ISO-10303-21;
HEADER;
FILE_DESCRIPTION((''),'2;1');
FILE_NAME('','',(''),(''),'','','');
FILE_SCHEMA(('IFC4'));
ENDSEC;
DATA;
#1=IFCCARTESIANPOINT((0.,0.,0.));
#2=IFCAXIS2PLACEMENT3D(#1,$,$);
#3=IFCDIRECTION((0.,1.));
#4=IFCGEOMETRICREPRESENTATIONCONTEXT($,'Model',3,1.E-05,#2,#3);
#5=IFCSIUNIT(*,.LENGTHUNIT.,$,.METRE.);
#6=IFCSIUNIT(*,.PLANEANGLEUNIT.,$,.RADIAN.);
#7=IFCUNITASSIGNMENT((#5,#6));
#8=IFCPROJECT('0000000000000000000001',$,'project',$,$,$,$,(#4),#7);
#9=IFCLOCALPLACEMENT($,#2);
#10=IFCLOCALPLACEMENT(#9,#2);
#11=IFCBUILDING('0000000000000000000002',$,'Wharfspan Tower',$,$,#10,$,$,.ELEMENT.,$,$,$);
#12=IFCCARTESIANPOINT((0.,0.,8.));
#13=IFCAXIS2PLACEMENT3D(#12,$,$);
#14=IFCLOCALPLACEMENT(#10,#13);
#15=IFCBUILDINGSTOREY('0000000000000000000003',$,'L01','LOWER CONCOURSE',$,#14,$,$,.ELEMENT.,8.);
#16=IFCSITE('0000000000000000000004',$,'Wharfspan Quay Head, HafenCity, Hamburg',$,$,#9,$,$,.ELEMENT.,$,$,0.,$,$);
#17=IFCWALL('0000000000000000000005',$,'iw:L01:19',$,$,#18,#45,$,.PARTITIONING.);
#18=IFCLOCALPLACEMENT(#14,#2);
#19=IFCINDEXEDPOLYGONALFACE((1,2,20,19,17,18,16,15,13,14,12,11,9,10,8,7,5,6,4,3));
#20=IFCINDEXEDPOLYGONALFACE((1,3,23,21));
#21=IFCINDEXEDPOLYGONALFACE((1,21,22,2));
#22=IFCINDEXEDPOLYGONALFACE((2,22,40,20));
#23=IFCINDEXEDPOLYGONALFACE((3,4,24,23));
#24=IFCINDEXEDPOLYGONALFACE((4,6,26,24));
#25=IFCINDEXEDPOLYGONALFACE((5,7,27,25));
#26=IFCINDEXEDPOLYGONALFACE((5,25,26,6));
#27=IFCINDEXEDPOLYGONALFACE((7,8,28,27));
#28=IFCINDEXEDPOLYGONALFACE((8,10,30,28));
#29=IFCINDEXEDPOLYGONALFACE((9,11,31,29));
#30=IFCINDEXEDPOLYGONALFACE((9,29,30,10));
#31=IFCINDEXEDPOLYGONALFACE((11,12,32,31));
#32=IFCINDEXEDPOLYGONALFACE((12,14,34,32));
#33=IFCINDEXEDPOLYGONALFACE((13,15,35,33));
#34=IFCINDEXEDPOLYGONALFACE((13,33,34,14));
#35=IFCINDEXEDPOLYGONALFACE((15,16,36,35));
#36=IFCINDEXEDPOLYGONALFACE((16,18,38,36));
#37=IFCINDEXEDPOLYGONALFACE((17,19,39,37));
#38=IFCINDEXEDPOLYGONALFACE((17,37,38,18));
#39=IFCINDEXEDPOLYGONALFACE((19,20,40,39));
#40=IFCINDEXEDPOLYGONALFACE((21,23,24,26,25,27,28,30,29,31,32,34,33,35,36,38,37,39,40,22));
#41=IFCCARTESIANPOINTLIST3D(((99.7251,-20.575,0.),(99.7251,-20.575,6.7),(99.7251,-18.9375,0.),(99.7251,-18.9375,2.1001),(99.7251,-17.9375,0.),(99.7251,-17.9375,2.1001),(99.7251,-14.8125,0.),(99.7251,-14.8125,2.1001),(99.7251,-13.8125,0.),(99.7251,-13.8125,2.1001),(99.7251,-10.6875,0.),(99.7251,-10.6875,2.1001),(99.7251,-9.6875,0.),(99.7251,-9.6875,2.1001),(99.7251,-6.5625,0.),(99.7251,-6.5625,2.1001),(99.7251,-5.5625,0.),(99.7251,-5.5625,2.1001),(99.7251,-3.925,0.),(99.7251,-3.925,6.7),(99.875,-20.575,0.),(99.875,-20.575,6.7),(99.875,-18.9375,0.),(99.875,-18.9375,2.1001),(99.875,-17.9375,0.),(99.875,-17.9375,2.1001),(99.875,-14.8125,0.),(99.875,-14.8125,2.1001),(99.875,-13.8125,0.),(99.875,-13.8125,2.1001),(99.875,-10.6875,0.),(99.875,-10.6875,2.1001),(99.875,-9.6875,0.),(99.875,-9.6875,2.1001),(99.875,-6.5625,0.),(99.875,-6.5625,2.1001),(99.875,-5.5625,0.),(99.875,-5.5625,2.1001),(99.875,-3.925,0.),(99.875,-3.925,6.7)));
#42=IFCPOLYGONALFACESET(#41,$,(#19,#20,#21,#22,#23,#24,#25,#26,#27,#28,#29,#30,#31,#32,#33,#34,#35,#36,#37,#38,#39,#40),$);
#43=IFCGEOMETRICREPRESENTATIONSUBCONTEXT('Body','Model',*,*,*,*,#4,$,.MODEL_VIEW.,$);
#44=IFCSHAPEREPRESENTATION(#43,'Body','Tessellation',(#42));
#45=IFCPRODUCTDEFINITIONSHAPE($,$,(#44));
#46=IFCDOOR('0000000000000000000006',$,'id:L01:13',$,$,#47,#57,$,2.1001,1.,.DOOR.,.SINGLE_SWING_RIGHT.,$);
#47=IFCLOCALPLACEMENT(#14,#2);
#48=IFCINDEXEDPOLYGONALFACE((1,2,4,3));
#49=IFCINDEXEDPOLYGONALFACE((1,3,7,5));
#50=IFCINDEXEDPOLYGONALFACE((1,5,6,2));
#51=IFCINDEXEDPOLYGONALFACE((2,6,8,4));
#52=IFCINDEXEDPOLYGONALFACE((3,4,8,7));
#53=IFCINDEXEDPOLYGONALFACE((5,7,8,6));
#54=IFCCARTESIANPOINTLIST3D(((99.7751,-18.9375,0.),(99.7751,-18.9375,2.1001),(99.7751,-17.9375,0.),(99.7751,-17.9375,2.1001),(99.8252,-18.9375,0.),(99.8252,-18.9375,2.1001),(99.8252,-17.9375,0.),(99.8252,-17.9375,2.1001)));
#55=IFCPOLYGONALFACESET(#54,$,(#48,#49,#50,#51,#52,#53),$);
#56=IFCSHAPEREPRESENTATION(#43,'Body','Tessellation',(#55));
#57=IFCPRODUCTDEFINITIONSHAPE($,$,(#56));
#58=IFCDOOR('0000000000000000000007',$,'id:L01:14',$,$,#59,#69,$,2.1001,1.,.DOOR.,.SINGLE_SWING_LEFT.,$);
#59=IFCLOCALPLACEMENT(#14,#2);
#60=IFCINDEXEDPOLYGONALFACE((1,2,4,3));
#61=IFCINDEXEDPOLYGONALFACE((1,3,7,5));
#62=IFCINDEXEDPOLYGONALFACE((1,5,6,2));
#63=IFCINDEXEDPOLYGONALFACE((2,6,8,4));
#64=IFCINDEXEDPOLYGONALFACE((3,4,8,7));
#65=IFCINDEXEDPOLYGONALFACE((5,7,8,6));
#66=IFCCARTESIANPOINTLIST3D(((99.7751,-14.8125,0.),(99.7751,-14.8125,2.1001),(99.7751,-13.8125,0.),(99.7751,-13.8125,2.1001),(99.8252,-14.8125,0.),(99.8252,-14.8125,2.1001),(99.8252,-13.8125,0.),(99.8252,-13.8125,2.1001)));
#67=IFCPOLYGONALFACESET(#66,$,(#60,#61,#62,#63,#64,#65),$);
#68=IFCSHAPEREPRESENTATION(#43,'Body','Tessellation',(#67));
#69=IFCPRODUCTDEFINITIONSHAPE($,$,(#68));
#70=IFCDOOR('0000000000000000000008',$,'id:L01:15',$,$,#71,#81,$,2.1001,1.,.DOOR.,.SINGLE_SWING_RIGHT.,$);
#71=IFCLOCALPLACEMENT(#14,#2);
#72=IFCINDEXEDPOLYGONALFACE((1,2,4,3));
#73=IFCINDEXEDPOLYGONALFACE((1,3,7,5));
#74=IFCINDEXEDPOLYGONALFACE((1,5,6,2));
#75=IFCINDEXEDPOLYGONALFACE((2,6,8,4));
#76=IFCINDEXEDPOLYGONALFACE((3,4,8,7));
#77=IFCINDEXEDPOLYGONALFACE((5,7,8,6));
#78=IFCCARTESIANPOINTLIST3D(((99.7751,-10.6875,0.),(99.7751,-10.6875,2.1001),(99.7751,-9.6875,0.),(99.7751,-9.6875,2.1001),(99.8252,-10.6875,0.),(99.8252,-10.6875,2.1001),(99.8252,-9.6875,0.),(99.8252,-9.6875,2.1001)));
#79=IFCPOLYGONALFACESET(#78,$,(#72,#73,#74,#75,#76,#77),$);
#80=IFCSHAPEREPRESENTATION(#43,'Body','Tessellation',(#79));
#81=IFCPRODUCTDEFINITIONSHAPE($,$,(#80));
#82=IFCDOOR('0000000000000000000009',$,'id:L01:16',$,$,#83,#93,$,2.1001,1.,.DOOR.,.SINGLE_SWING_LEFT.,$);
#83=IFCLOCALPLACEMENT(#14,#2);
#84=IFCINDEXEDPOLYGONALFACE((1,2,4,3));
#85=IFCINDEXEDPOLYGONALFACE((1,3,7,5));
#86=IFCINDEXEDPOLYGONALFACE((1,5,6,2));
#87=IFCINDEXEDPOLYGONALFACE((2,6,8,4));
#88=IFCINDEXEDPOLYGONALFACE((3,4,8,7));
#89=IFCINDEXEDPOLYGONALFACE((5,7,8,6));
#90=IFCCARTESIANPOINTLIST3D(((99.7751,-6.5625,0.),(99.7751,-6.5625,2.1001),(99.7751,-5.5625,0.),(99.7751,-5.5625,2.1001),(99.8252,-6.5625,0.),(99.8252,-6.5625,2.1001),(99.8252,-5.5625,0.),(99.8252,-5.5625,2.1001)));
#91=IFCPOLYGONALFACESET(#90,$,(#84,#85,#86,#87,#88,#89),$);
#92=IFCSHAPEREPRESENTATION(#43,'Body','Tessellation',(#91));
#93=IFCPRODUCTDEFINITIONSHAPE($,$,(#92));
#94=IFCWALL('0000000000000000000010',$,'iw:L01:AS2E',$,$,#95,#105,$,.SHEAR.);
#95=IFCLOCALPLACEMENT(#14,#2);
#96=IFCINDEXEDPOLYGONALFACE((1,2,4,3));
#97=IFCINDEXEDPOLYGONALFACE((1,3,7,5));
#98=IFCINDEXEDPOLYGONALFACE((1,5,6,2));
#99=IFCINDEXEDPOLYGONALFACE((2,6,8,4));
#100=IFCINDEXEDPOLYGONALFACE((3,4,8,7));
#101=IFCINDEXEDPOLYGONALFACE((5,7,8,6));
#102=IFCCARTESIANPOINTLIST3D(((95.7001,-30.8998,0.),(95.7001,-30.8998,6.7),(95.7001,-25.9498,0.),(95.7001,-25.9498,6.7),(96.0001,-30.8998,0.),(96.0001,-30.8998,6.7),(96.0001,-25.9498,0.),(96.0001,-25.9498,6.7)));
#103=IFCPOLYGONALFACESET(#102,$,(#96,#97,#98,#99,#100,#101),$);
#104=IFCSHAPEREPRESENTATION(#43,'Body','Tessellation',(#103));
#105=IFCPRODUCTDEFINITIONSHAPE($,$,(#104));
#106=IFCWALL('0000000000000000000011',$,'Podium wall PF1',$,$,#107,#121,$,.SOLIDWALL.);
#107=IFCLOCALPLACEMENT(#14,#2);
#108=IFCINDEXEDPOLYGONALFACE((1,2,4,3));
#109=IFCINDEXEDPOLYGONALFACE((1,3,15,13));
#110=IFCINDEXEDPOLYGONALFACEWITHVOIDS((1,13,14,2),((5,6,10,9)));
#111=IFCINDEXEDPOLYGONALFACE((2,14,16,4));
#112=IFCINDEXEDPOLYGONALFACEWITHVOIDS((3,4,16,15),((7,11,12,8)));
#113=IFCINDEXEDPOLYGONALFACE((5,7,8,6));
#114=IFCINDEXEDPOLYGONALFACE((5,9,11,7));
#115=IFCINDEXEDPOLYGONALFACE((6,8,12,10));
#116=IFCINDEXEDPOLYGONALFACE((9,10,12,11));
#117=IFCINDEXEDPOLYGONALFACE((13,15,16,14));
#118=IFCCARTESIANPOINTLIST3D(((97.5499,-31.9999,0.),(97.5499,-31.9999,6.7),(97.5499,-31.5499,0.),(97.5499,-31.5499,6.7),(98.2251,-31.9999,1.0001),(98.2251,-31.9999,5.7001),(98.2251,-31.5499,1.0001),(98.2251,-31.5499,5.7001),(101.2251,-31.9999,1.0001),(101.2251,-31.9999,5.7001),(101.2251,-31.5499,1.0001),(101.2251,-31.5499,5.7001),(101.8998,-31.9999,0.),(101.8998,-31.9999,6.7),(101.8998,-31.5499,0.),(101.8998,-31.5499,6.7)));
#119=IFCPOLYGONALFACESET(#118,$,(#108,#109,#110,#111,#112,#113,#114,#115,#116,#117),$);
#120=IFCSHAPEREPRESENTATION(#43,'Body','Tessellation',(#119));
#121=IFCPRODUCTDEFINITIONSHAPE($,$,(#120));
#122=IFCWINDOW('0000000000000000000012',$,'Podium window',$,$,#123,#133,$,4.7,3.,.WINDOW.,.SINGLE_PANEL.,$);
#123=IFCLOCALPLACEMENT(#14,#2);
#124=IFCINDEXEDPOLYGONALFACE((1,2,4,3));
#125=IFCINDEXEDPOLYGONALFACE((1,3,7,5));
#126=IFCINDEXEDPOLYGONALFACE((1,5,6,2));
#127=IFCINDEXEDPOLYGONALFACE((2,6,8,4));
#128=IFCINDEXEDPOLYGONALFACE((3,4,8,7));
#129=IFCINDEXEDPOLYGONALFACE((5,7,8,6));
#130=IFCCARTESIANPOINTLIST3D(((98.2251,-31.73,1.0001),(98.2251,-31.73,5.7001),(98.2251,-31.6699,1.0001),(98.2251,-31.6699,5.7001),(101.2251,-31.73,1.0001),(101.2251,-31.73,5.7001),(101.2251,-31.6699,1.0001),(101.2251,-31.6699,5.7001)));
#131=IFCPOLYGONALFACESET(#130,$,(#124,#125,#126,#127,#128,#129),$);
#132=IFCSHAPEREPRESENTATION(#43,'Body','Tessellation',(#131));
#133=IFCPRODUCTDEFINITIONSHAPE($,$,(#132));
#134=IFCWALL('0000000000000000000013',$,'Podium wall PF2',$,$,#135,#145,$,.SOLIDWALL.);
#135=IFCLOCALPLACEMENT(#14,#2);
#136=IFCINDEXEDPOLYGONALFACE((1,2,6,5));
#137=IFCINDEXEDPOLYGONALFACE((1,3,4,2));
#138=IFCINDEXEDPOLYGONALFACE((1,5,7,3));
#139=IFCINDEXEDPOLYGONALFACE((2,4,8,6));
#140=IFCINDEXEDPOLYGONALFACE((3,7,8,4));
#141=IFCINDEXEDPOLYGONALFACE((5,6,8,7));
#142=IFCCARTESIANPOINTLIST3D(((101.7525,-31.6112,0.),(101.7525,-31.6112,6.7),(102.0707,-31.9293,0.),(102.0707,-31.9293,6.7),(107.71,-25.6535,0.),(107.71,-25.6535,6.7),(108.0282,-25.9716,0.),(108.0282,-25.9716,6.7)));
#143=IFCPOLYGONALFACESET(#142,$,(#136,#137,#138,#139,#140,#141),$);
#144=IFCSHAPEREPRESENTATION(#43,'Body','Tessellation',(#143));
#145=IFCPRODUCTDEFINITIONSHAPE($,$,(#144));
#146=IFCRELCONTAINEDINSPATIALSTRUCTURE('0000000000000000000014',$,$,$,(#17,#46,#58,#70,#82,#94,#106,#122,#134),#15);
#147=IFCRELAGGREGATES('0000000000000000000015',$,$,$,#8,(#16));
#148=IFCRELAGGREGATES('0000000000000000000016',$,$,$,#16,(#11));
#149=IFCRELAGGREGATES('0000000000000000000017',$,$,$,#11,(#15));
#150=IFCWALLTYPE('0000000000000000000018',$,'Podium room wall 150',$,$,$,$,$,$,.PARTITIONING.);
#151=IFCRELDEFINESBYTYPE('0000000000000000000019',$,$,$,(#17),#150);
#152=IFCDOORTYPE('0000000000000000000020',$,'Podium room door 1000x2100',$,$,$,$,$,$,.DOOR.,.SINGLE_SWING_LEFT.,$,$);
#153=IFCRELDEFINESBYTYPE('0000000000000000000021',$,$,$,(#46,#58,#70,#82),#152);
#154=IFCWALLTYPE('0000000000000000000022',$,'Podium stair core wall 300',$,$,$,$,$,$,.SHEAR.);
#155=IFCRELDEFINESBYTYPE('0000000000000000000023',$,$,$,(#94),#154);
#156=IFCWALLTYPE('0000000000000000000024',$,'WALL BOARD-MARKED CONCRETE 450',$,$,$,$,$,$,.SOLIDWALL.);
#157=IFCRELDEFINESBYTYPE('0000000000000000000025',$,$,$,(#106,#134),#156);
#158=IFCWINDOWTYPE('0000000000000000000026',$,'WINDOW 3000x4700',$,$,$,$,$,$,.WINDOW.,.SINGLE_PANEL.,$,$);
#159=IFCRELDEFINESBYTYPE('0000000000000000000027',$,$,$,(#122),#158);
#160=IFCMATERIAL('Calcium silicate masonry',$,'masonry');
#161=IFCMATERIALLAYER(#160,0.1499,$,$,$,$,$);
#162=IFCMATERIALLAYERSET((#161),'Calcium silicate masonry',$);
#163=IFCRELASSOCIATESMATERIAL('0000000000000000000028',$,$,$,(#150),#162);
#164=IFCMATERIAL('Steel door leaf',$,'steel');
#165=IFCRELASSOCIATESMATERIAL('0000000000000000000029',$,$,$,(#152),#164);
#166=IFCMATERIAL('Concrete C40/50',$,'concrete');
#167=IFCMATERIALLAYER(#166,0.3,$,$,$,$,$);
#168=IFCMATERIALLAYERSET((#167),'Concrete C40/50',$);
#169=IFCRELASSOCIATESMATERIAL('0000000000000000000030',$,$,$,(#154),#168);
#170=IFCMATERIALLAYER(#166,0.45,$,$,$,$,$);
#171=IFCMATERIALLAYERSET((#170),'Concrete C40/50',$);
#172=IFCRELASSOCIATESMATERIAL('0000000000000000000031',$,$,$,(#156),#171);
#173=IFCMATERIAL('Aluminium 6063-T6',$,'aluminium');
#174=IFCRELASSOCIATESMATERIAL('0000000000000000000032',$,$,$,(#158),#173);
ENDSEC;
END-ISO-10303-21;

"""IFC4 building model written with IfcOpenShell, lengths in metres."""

from ifc_helpers import new_model, si_unit, direction, frame, frame_2d, origin, place, context, subcontext, project, spatial, rectangle, extrude, material, layer, layer_set, type_object, element, fill, save


model = new_model("IFC4")

# Units and contexts
model_context = context("Model", 3, precision=1e-05, world=origin(), true_north=direction((0.0, 1.0)))
body_context = subcontext(model_context, "Body", "Model", "MODEL_VIEW")
ifc_project = project(units=[si_unit("LENGTHUNIT", "METRE"), si_unit("PLANEANGLEUNIT", "RADIAN")], contexts=[model_context])

# Site, building, storey
site_placement = place(None, origin())
site = spatial("IfcSite", under=ifc_project, at=site_placement, Name="Wharfspan Quay Head, HafenCity, Hamburg", CompositionType="ELEMENT", RefElevation=0.0)
building_placement = place(site_placement, origin())
building = spatial("IfcBuilding", under=site, at=building_placement, Name="Wharfspan Tower", CompositionType="ELEMENT")
storey_placement = place(building_placement, frame((0.0, 0.0, 8.0)))
storey = spatial("IfcBuildingStorey", under=building, at=storey_placement, Name="L01", Description="LOWER CONCOURSE", CompositionType="ELEMENT", Elevation=8.0)

# Shared definitions
ifc_material_1 = material(Name="Aluminium 6063-T6", Category="aluminium")

# Wall, openings, doors
ifc_material_2 = material(Name="Calcium silicate masonry", Category="masonry")
ifc_layer_1 = layer(ifc_material_2, 0.1499)
ifc_layer_set_1 = layer_set([ifc_layer_1], Name="Calcium silicate masonry")
wall_type_1 = type_object("IfcWallType", Name="Podium room wall 150", PredefinedType="PARTITIONING", material=ifc_layer_set_1)
wall_1_placement = place(storey_placement, frame((99.8, -20.575, 0.0), z_axis=(0.0, 0.0, 1.0), x_axis=(0.0, 1.0, 0.0)))
wall_1 = element("IfcWall", 1, at=wall_1_placement, inside=storey, type_object=wall_type_1, Name="iw:L01:19", PredefinedType="PARTITIONING", context=body_context, shape_type="SweptSolid", body=[
    extrude(rectangle(XDim=16.6499, YDim=0.1499, at=frame_2d((8.325, 0.0))), origin(), (0.0, 0.0, 1.0), 6.7),
])
opening_1_placement = place(wall_1_placement, frame((1.6375, 0.0, 0.0)))
opening_1 = element("IfcOpeningElement", 2, at=opening_1_placement, cuts=wall_1, PredefinedType="OPENING", context=body_context, shape_type="SweptSolid", body=[
    extrude(rectangle(XDim=1.0, YDim=2.1001, at=frame_2d((0.5, 1.05))), frame((0.0, 0.085, 0.0), z_axis=(0.0, -1.0, 0.0), x_axis=(1.0, 0.0, 0.0)), (0.0, 0.0, 1.0), 0.1699),
])
opening_2_placement = place(wall_1_placement, frame((5.7625, 0.0, 0.0)))
opening_2 = element("IfcOpeningElement", 3, at=opening_2_placement, cuts=wall_1, PredefinedType="OPENING", context=body_context, shape_type="SweptSolid", body=[
    extrude(rectangle(XDim=1.0, YDim=2.1001, at=frame_2d((0.5, 1.05))), frame((0.0, 0.085, 0.0), z_axis=(0.0, -1.0, 0.0), x_axis=(1.0, 0.0, 0.0)), (0.0, 0.0, 1.0), 0.1699),
])
opening_3_placement = place(wall_1_placement, frame((9.8875, 0.0, 0.0)))
opening_3 = element("IfcOpeningElement", 4, at=opening_3_placement, cuts=wall_1, PredefinedType="OPENING", context=body_context, shape_type="SweptSolid", body=[
    extrude(rectangle(XDim=1.0, YDim=2.1001, at=frame_2d((0.5, 1.05))), frame((0.0, 0.085, 0.0), z_axis=(0.0, -1.0, 0.0), x_axis=(1.0, 0.0, 0.0)), (0.0, 0.0, 1.0), 0.1699),
])
opening_4_placement = place(wall_1_placement, frame((14.0125, 0.0, 0.0)))
opening_4 = element("IfcOpeningElement", 5, at=opening_4_placement, cuts=wall_1, PredefinedType="OPENING", context=body_context, shape_type="SweptSolid", body=[
    extrude(rectangle(XDim=1.0, YDim=2.1001, at=frame_2d((0.5, 1.05))), frame((0.0, 0.085, 0.0), z_axis=(0.0, -1.0, 0.0), x_axis=(1.0, 0.0, 0.0)), (0.0, 0.0, 1.0), 0.1699),
])
ifc_material_3 = material(Name="Steel door leaf", Category="steel")
door_type = type_object("IfcDoorType", Name="Podium room door 1000x2100", OperationType="SINGLE_SWING_LEFT", PredefinedType="DOOR", material=ifc_material_3)
door_1_placement = place(opening_1_placement, origin())
door_1 = element("IfcDoor", 6, at=door_1_placement, inside=storey, type_object=door_type, Name="id:L01:13", OperationType="SINGLE_SWING_RIGHT", OverallHeight=2.1001, OverallWidth=1.0, PredefinedType="DOOR", context=body_context, shape_type="SweptSolid", body=[
    extrude(rectangle(XDim=1.0, YDim=2.1001, at=frame_2d((0.5, 1.05))), frame((0.0, 0.0249, 0.0), z_axis=(0.0, -1.0, 0.0), x_axis=(1.0, 0.0, 0.0)), (0.0, 0.0, 1.0), 0.05),
])
fill(opening_1, door_1)
door_2_placement = place(opening_2_placement, origin())
door_2 = element("IfcDoor", 7, at=door_2_placement, inside=storey, type_object=door_type, Name="id:L01:14", OperationType="SINGLE_SWING_LEFT", OverallHeight=2.1001, OverallWidth=1.0, PredefinedType="DOOR", context=body_context, shape_type="SweptSolid", body=[
    extrude(rectangle(XDim=1.0, YDim=2.1001, at=frame_2d((0.5, 1.05))), frame((0.0, 0.0249, 0.0), z_axis=(0.0, -1.0, 0.0), x_axis=(1.0, 0.0, 0.0)), (0.0, 0.0, 1.0), 0.05),
])
fill(opening_2, door_2)
door_3_placement = place(opening_3_placement, origin())
door_3 = element("IfcDoor", 8, at=door_3_placement, inside=storey, type_object=door_type, Name="id:L01:15", OperationType="SINGLE_SWING_RIGHT", OverallHeight=2.1001, OverallWidth=1.0, PredefinedType="DOOR", context=body_context, shape_type="SweptSolid", body=[
    extrude(rectangle(XDim=1.0, YDim=2.1001, at=frame_2d((0.5, 1.05))), frame((0.0, 0.0249, 0.0), z_axis=(0.0, -1.0, 0.0), x_axis=(1.0, 0.0, 0.0)), (0.0, 0.0, 1.0), 0.05),
])
fill(opening_3, door_3)
door_4_placement = place(opening_4_placement, origin())
door_4 = element("IfcDoor", 9, at=door_4_placement, inside=storey, type_object=door_type, Name="id:L01:16", OperationType="SINGLE_SWING_LEFT", OverallHeight=2.1001, OverallWidth=1.0, PredefinedType="DOOR", context=body_context, shape_type="SweptSolid", body=[
    extrude(rectangle(XDim=1.0, YDim=2.1001, at=frame_2d((0.5, 1.05))), frame((0.0, 0.0249, 0.0), z_axis=(0.0, -1.0, 0.0), x_axis=(1.0, 0.0, 0.0)), (0.0, 0.0, 1.0), 0.05),
])
fill(opening_4, door_4)

# Wall
ifc_material_4 = material(Name="Concrete C40/50", Category="concrete")
ifc_layer_2 = layer(ifc_material_4, 0.3)
ifc_layer_set_2 = layer_set([ifc_layer_2], Name="Concrete C40/50")
wall_type_2 = type_object("IfcWallType", Name="Podium stair core wall 300", PredefinedType="SHEAR", material=ifc_layer_set_2)
wall_2_placement = place(storey_placement, frame((95.8501, -30.8999, 0.0), z_axis=(0.0, 0.0, 1.0), x_axis=(0.0, 1.0, 0.0)))
element("IfcWall", 10, at=wall_2_placement, inside=storey, type_object=wall_type_2, Name="iw:L01:AS2E", PredefinedType="SHEAR", context=body_context, shape_type="SweptSolid", body=[
    extrude(rectangle(XDim=4.95, YDim=0.3, at=frame_2d((2.4751, 0.0))), origin(), (0.0, 0.0, 1.0), 6.7),
])

# Wall, opening, window
ifc_layer_3 = layer(ifc_material_4, 0.45)
ifc_layer_set_3 = layer_set([ifc_layer_3], Name="Concrete C40/50")
wall_type_3 = type_object("IfcWallType", Name="WALL BOARD-MARKED CONCRETE 450", PredefinedType="SOLIDWALL", material=ifc_layer_set_3)
wall_3_placement = place(storey_placement, frame((97.55, -31.7749, 0.0), z_axis=(0.0, 0.0, 1.0), x_axis=(1.0, 0.0, 0.0)))
wall_3 = element("IfcWall", 11, at=wall_3_placement, inside=storey, type_object=wall_type_3, Name="Podium wall PF1", PredefinedType="SOLIDWALL", context=body_context, shape_type="SweptSolid", body=[
    extrude(rectangle(XDim=4.3499, YDim=0.45, at=frame_2d((2.1748, 0.0))), origin(), (0.0, 0.0, 1.0), 6.7),
])
opening_5_placement = place(wall_3_placement, frame((0.675, 0.0, 1.0)))
opening_5 = element("IfcOpeningElement", 12, at=opening_5_placement, cuts=wall_3, PredefinedType="OPENING", context=body_context, shape_type="SweptSolid", body=[
    extrude(rectangle(XDim=3.0, YDim=4.7, at=frame_2d((1.5, 2.3501))), frame((0.0, 0.2349, 0.0), z_axis=(0.0, -1.0, 0.0), x_axis=(1.0, 0.0, 0.0)), (0.0, 0.0, 1.0), 0.47),
])
window_type = type_object("IfcWindowType", Name="WINDOW 3000x4700", PartitioningType="SINGLE_PANEL", PredefinedType="WINDOW", material=ifc_material_1)
window_placement = place(opening_5_placement, origin())
window = element("IfcWindow", 13, at=window_placement, inside=storey, type_object=window_type, Name="Podium window", OverallHeight=4.7, OverallWidth=3.0, PartitioningType="SINGLE_PANEL", PredefinedType="WINDOW", context=body_context, shape_type="SweptSolid", body=[
    extrude(rectangle(XDim=3.0, YDim=4.7, at=frame_2d((1.5, 2.3501))), frame((0.0, 0.105, 0.0), z_axis=(0.0, -1.0, 0.0), x_axis=(1.0, 0.0, 0.0)), (0.0, 0.0, 1.0), 0.0601),
])
fill(opening_5, window)

# Wall
wall_4_placement = place(storey_placement, frame((101.9116, -31.7703, 0.0), z_axis=(0.0, 0.0, 1.0), x_axis=(0.707092, 0.707121, 0.0)))
element("IfcWall", 14, at=wall_4_placement, inside=storey, type_object=wall_type_3, Name="Podium wall PF2", PredefinedType="SOLIDWALL", context=body_context, shape_type="SweptSolid", body=[
    extrude(rectangle(XDim=8.4253, YDim=0.45, at=frame_2d((4.2126, 0.0))), origin(), (0.0, 0.0, 1.0), 6.7),
])

save(model, "model.ifc")
